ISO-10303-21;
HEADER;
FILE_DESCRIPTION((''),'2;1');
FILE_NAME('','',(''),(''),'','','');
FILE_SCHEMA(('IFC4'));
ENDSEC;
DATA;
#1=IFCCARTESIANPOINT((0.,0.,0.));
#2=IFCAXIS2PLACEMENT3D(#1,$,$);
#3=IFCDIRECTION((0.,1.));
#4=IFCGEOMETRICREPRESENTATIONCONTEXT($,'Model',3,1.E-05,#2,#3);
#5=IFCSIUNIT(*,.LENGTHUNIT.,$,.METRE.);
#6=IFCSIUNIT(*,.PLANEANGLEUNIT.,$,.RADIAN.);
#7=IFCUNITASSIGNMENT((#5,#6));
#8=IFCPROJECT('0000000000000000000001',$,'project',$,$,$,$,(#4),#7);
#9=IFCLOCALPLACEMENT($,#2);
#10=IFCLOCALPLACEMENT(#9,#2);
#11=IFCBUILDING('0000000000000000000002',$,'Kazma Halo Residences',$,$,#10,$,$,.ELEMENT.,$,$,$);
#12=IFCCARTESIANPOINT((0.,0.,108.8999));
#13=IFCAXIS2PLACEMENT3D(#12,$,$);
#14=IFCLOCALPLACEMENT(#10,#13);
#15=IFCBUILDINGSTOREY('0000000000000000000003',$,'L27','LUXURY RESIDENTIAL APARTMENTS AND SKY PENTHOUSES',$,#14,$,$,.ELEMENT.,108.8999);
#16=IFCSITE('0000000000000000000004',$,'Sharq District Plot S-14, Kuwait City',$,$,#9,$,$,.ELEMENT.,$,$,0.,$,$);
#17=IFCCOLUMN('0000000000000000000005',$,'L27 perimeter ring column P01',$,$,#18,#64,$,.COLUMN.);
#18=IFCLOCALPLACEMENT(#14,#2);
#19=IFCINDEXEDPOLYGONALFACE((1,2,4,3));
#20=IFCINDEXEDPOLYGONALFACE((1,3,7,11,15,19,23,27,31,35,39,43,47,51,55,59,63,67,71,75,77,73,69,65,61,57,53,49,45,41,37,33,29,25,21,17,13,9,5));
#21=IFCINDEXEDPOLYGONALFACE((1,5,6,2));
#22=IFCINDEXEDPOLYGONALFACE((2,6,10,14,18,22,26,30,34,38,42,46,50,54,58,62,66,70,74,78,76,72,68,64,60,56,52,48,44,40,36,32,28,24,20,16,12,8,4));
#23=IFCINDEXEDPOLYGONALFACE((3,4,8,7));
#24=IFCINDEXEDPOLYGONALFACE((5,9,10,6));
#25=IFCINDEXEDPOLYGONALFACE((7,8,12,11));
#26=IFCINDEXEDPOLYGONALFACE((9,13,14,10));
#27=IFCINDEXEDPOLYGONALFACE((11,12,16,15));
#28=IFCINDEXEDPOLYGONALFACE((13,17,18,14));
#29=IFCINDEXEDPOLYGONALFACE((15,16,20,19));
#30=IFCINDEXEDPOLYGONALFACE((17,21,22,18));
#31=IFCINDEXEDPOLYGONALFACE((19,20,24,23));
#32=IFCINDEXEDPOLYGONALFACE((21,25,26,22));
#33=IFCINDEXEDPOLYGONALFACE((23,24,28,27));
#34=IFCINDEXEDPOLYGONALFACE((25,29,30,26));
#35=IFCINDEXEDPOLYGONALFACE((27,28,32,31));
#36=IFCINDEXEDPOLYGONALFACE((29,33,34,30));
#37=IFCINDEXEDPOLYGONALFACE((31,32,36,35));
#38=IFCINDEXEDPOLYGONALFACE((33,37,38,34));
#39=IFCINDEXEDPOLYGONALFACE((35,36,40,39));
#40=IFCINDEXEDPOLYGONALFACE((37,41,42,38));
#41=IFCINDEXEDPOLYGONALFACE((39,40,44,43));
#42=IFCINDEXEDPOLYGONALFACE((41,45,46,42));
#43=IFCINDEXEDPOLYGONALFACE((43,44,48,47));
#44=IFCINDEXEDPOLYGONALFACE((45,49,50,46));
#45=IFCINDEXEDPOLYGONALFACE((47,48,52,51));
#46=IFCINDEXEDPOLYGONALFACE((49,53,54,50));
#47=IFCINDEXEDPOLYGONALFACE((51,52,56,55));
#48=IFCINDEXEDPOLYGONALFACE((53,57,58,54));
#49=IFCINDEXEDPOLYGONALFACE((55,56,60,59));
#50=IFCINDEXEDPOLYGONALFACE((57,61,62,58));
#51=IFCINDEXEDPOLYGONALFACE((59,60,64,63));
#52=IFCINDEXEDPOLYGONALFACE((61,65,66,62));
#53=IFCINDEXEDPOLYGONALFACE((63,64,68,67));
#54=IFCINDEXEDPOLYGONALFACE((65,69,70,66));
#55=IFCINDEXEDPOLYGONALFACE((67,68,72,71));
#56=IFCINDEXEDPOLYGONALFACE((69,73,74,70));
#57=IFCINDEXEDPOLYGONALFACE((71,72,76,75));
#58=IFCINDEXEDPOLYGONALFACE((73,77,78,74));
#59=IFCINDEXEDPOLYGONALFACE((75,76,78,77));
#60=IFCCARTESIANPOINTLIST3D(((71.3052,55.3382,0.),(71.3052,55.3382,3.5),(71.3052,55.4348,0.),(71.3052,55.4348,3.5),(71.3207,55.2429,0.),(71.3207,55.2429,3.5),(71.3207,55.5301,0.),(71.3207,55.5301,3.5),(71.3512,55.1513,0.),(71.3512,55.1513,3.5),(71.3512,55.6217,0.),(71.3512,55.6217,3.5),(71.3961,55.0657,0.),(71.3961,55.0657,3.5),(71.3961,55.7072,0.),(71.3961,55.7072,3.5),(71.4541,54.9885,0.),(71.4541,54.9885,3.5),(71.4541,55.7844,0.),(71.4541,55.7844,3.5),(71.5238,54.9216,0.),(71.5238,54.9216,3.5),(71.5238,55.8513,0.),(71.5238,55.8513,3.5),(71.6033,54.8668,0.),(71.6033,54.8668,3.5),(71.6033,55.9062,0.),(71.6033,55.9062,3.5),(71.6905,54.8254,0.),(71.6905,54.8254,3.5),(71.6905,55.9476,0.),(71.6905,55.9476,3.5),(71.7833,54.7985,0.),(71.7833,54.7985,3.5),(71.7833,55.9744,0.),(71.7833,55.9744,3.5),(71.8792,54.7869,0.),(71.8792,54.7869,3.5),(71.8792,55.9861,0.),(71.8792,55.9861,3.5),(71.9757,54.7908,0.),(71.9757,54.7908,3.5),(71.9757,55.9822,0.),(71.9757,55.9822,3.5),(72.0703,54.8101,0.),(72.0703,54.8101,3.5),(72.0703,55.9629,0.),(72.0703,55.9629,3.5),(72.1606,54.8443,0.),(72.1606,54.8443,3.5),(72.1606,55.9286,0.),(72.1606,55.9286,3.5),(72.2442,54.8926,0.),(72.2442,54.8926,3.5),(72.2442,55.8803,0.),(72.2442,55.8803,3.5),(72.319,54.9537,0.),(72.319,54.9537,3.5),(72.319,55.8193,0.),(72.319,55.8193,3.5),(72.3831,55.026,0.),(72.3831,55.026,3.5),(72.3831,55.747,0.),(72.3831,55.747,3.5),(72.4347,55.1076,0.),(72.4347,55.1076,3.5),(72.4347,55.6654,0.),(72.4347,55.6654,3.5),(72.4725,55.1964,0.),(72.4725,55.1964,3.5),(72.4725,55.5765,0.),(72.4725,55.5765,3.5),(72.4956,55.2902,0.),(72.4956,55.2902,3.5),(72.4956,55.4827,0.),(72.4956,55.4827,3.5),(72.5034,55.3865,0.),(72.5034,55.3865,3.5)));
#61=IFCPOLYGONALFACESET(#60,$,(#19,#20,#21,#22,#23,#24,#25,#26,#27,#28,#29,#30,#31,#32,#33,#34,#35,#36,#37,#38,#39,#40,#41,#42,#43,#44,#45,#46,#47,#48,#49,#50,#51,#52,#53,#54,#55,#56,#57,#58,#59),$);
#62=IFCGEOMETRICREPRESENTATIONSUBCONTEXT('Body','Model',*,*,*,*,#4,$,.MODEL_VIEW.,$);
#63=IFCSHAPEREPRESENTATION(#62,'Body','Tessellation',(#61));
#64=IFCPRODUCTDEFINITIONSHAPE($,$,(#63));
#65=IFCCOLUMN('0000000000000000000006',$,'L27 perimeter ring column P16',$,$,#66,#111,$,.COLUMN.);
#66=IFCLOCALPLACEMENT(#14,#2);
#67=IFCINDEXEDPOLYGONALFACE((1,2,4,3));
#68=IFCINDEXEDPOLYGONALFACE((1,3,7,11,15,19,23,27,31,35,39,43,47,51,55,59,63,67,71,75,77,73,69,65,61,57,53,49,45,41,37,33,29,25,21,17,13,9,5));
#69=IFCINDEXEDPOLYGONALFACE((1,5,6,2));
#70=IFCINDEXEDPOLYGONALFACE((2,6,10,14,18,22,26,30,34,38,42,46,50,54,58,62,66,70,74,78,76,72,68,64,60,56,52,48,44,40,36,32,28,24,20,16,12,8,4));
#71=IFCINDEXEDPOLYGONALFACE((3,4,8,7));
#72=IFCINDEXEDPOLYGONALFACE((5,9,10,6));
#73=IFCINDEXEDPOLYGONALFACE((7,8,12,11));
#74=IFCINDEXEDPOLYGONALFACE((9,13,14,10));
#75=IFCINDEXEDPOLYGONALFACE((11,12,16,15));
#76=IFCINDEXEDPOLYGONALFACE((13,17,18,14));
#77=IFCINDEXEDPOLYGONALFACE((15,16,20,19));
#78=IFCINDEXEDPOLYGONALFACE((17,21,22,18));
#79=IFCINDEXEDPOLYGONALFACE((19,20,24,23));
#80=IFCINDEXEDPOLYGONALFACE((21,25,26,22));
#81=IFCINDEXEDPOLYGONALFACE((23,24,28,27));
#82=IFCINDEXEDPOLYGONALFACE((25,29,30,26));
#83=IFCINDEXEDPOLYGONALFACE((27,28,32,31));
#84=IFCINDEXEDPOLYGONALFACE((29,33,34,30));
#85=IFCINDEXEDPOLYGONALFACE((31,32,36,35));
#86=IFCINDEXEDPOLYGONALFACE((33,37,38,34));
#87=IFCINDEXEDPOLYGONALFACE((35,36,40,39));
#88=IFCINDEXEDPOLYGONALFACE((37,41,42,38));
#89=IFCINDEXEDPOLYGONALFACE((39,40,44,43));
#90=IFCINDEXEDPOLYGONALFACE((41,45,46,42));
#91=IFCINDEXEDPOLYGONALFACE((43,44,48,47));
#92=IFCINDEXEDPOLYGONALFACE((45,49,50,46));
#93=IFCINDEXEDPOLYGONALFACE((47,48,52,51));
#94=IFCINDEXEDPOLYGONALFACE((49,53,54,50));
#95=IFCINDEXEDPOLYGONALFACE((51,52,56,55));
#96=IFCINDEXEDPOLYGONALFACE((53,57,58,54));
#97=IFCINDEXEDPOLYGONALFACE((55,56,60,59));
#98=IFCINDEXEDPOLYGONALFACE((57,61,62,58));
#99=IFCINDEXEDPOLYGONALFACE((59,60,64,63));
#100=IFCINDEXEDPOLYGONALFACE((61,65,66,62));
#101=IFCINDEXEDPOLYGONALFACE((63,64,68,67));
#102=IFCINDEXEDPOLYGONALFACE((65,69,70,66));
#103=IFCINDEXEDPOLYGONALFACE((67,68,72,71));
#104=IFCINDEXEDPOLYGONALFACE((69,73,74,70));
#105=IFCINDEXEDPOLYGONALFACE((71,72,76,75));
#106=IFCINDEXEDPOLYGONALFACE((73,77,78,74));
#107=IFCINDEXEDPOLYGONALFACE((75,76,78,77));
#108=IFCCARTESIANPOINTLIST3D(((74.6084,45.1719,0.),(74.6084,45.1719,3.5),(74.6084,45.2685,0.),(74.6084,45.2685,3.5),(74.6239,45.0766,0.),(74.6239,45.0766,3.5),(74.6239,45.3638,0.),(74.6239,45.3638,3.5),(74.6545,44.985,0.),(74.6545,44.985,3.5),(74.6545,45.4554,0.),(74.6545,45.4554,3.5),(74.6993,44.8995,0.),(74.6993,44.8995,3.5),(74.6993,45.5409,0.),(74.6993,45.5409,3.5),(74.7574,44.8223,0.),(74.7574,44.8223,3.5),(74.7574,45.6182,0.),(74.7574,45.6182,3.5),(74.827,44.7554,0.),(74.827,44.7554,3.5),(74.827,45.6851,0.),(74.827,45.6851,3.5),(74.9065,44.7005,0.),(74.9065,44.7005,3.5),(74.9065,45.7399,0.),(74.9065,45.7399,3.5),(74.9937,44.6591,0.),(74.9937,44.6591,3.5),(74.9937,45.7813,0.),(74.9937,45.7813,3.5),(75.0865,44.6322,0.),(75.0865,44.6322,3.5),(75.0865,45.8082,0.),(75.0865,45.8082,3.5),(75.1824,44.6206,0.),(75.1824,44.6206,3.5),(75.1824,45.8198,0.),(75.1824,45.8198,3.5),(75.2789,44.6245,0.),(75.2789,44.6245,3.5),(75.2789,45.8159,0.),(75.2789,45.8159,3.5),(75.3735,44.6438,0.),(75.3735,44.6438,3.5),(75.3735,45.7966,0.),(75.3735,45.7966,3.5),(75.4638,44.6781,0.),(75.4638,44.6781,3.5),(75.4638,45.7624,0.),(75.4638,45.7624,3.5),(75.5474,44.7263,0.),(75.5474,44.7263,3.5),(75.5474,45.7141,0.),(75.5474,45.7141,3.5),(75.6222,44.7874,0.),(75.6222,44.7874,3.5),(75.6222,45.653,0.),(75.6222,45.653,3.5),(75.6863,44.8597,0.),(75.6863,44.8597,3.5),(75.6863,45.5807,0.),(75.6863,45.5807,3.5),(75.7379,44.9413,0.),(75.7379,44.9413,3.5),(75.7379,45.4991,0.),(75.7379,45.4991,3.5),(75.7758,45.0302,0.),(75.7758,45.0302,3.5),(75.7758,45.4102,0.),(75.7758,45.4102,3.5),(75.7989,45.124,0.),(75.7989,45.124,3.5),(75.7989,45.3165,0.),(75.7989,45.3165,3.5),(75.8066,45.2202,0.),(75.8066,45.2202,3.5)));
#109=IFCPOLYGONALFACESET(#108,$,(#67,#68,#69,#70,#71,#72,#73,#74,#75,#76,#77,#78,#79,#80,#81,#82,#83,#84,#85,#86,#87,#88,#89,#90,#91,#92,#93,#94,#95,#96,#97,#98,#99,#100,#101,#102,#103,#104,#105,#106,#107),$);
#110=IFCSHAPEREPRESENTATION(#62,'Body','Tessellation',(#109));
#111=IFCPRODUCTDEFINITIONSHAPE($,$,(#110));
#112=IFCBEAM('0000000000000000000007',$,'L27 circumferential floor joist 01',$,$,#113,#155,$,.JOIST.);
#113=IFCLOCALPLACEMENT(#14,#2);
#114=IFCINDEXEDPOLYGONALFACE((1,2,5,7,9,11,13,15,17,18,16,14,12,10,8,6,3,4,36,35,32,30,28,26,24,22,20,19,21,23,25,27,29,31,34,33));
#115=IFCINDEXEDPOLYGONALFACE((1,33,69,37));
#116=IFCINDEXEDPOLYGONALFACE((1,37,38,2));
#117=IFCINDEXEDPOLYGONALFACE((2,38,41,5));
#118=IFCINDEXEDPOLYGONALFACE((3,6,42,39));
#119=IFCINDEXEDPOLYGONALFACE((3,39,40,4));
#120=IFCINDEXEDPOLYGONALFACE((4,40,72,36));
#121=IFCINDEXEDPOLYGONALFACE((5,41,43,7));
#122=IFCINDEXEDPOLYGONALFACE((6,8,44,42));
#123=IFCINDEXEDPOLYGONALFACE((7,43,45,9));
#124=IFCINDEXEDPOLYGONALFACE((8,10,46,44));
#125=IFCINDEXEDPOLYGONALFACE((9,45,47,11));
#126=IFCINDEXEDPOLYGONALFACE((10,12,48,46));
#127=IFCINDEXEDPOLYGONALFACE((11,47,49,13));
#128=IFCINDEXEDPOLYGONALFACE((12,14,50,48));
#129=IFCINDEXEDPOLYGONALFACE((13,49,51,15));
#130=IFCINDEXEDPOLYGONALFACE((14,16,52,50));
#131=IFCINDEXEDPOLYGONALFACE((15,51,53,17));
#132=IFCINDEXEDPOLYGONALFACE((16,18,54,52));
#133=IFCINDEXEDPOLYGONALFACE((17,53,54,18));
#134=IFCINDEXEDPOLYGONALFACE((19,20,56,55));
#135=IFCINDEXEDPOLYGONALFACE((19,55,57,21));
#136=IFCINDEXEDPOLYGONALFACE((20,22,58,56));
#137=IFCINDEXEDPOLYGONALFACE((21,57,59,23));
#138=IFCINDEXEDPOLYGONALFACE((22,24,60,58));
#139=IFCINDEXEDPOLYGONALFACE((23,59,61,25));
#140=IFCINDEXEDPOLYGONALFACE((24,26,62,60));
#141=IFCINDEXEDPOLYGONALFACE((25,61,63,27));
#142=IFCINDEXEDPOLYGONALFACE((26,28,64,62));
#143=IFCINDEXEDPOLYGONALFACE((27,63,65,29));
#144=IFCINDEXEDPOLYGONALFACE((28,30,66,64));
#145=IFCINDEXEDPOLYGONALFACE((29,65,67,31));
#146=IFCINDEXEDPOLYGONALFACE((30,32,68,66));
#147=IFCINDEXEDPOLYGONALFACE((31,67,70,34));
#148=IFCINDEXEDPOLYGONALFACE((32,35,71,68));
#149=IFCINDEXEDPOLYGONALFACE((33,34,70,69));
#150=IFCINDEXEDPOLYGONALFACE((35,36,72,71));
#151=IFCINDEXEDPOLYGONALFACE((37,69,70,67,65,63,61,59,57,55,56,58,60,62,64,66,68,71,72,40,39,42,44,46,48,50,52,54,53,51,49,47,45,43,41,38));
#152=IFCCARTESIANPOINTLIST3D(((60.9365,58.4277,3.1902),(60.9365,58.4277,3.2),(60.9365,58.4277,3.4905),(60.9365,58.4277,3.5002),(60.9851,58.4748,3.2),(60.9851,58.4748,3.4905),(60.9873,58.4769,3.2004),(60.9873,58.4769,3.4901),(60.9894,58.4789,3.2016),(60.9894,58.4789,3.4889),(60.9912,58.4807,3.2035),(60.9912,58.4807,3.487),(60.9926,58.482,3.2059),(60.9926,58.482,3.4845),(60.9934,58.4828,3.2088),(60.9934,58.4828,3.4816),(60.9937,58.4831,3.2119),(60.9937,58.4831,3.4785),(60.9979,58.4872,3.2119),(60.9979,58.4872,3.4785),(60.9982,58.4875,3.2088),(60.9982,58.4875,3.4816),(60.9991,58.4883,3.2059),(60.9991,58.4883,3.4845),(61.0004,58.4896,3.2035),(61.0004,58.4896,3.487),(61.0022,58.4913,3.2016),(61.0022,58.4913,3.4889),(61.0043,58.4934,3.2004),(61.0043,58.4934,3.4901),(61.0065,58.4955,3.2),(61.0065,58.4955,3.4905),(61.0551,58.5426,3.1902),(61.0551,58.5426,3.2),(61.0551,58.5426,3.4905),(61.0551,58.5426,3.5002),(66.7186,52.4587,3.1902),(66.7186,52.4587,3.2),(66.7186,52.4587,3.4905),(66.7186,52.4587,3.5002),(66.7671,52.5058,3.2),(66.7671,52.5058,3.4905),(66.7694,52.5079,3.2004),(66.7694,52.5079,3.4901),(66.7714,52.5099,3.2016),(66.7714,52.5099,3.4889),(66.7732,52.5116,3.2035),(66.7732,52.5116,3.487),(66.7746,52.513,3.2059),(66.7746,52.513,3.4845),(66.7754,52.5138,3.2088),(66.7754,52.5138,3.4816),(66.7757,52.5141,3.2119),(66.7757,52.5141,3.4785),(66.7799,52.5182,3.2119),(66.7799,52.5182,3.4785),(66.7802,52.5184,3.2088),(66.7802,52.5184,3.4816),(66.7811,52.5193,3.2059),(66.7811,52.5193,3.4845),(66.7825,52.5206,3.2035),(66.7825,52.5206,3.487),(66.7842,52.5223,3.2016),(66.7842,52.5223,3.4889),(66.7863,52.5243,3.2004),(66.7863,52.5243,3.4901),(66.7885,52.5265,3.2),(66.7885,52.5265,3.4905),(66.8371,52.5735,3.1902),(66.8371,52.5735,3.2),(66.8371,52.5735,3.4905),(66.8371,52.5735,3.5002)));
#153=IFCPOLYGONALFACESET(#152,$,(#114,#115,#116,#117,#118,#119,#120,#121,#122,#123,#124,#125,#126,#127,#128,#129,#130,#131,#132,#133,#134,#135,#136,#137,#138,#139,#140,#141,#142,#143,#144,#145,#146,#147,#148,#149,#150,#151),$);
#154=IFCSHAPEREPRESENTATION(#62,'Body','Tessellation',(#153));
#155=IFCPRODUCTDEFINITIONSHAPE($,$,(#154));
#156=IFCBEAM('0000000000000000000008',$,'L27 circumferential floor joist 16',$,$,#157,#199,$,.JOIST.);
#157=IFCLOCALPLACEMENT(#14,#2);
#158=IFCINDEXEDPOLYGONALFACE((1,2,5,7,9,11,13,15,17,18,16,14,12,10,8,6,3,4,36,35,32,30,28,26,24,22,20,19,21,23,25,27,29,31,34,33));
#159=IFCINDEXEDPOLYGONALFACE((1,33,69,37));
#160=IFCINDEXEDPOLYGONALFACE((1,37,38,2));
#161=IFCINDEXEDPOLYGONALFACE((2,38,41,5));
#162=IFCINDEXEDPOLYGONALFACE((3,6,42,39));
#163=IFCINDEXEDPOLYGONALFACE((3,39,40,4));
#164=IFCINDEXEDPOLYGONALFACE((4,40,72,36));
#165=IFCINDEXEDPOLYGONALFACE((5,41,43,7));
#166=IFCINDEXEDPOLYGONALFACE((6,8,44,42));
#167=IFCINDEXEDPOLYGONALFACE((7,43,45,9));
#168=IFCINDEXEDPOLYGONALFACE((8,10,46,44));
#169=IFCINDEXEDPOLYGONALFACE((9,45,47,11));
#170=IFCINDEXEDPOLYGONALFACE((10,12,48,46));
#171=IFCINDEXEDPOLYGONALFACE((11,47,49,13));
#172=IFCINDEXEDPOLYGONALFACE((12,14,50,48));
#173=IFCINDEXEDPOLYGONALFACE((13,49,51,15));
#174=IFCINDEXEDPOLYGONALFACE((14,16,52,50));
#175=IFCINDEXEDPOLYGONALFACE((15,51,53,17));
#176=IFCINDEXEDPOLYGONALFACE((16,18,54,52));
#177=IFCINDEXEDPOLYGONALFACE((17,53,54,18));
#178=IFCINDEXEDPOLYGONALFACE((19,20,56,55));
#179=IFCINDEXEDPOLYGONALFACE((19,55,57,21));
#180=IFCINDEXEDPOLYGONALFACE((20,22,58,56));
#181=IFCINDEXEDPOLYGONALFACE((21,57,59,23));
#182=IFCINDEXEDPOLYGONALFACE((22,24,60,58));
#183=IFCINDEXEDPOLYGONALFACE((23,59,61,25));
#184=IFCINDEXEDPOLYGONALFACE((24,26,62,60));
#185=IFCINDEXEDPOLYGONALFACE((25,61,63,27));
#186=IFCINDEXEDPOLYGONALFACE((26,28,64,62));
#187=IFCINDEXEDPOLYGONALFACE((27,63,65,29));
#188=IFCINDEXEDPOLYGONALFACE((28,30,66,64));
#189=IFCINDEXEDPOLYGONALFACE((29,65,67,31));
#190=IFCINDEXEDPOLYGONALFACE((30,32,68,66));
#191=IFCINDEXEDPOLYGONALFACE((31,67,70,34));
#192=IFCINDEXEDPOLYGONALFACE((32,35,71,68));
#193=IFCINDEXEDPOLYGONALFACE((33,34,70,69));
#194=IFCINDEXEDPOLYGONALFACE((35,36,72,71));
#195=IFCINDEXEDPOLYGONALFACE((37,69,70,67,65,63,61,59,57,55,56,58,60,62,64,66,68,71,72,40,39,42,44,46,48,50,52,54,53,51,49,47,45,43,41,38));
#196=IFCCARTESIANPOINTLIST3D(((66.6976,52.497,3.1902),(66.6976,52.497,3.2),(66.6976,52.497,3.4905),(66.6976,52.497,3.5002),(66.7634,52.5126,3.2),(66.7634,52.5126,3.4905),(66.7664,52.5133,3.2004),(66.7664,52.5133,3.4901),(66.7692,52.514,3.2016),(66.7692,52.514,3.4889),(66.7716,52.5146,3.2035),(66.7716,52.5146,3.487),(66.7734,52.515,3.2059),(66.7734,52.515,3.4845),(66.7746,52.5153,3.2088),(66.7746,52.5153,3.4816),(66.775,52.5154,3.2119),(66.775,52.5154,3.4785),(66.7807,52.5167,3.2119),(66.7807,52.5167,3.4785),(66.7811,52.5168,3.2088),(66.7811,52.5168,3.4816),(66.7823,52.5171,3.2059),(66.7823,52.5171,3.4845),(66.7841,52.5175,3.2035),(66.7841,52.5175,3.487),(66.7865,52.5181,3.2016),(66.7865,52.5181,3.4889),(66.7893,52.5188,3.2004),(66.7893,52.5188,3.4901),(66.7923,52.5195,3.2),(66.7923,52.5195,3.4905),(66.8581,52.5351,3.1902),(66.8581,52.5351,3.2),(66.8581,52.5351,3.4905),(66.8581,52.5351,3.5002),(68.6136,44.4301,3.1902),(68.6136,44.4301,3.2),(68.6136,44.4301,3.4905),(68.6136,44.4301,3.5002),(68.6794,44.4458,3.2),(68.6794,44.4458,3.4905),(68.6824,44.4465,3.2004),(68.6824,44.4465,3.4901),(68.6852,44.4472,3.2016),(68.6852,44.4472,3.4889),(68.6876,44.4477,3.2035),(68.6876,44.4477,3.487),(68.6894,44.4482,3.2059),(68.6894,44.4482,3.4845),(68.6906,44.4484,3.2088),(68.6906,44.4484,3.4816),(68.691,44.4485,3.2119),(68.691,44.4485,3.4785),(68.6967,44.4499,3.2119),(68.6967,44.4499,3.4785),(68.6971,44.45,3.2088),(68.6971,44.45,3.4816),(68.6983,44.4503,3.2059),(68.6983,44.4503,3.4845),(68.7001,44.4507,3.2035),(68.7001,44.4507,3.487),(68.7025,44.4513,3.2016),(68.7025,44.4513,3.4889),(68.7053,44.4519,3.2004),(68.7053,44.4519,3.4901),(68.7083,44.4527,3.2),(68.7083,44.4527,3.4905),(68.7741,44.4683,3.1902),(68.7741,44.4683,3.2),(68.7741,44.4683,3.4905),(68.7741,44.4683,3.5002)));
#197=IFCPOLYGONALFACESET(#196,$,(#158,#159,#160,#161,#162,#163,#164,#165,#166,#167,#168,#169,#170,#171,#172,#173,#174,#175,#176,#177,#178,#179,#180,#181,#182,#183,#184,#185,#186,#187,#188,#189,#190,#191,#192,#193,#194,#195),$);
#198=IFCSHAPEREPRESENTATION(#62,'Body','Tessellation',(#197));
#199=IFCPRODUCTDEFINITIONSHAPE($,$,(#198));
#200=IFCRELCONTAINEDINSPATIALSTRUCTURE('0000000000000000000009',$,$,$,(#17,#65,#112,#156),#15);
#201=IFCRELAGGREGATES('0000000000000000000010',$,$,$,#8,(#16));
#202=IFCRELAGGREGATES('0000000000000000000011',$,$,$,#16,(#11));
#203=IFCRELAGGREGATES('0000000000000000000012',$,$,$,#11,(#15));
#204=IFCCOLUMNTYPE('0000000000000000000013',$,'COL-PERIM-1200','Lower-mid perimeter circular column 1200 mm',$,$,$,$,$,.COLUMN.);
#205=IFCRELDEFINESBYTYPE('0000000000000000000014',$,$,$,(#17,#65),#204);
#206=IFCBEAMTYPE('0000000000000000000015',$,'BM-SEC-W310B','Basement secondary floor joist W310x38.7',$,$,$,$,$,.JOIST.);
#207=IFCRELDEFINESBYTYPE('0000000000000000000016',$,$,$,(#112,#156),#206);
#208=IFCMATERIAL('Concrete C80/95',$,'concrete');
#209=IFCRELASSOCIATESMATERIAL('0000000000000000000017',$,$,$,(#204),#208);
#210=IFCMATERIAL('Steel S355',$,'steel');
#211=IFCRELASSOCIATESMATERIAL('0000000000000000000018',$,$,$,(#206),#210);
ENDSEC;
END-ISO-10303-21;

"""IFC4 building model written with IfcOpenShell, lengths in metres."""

from ifc_helpers import new_model, si_unit, direction, frame, origin, origin_2d, place, context, subcontext, project, spatial, circle, i_section, extrude, material, material_profile, profile_set, type_object, element, save


model = new_model("IFC4")

# Units and contexts
model_context = context("Model", 3, precision=1e-05, world=origin(), true_north=direction((0.0, 1.0)))
body_context = subcontext(model_context, "Body", "Model", "MODEL_VIEW")
ifc_project = project(units=[si_unit("LENGTHUNIT", "METRE"), si_unit("PLANEANGLEUNIT", "RADIAN")], contexts=[model_context])

# Site, building, storey
site_placement = place(None, origin())
site = spatial("IfcSite", under=ifc_project, at=site_placement, Name="Sharq District Plot S-14, Kuwait City", CompositionType="ELEMENT", RefElevation=0.0)
building_placement = place(site_placement, origin())
building = spatial("IfcBuilding", under=site, at=building_placement, Name="Kazma Halo Residences", CompositionType="ELEMENT")
storey_placement = place(building_placement, frame((0.0, 0.0, 108.8999)))
storey = spatial("IfcBuildingStorey", under=building, at=storey_placement, Name="L27", Description="LUXURY RESIDENTIAL APARTMENTS AND SKY PENTHOUSES", CompositionType="ELEMENT", Elevation=108.8999)

# Columns
ifc_material_1 = material(Name="Concrete C80/95", Category="concrete")
ifc_material_profile_1 = material_profile(ifc_material_1, circle(Radius=0.6001, at=origin_2d()), Name="CIRC1200")
ifc_profile_set_1 = profile_set([ifc_material_profile_1], Name="Concrete C80/95")
column_type = type_object("IfcColumnType", Name="COL-PERIM-1200", Description="Lower-mid perimeter circular column 1200 mm", PredefinedType="COLUMN", material=ifc_profile_set_1)
for number, where, z_axis, x_axis, name in (
    (1, (71.9033, 55.3865, 0.0), (0.0, 0.0, 1.0), (1.0, 0.0, 0.0), "L27 perimeter ring column P01"),
    (2, (75.2065, 45.2202, 0.0), (0.0, 0.0, 1.0), (1.0, 0.0, 0.0), "L27 perimeter ring column P16"),
):
    element("IfcColumn", number, at=place(storey_placement, frame(where, z_axis=z_axis, x_axis=x_axis)), inside=storey, type_object=column_type, Name=name, PredefinedType="COLUMN", context=body_context, shape_type="SweptSolid", body=[
        extrude(circle(Radius=0.6001, at=origin_2d()), origin(), (0.0, 0.0, 1.0), 3.5),
    ])

# Beams
ifc_material_2 = material(Name="Steel S355", Category="steel")
ifc_material_profile_2 = material_profile(ifc_material_2, i_section(OverallWidth=0.165, OverallDepth=0.3101, WebThickness=0.0059, FlangeThickness=0.0098, FilletRadius=0.012, at=origin_2d()), Name="W310x38.7")
ifc_profile_set_2 = profile_set([ifc_material_profile_2], Name="Steel S355")
beam_type_1 = type_object("IfcBeamType", Name="BM-SEC-W310B", Description="Basement secondary floor joist W310x38.7", PredefinedType="JOIST", material=ifc_profile_set_2)
beam_1_placement = place(storey_placement, frame((66.7778, 52.5161, 3.3452), z_axis=(-0.695765, 0.718269, 0.0), x_axis=(-0.718269, -0.695765, 0.0)))
element("IfcBeam", 3, at=beam_1_placement, inside=storey, type_object=beam_type_1, Name="L27 circumferential floor joist 01", PredefinedType="JOIST", context=body_context, shape_type="SweptSolid", body=[
    extrude(i_section(OverallWidth=0.165, OverallDepth=0.3101, WebThickness=0.0059, FlangeThickness=0.0098, FilletRadius=0.012, at=origin_2d()), origin(), (0.0, 0.0, 1.0), 8.3103),
])
beam_2_placement = place(storey_placement, frame((68.6938, 44.4492, 3.3452), z_axis=(-0.231087, 0.972933, 0.0), x_axis=(-0.972933, -0.231087, 0.0)))
element("IfcBeam", 4, at=beam_2_placement, inside=storey, type_object=beam_type_1, Name="L27 circumferential floor joist 16", PredefinedType="JOIST", context=body_context, shape_type="SweptSolid", body=[
    extrude(i_section(OverallWidth=0.165, OverallDepth=0.3101, WebThickness=0.0059, FlangeThickness=0.0098, FilletRadius=0.012, at=origin_2d()), origin(), (0.0, 0.0, 1.0), 8.2913),
])

save(model, "model.ifc")
